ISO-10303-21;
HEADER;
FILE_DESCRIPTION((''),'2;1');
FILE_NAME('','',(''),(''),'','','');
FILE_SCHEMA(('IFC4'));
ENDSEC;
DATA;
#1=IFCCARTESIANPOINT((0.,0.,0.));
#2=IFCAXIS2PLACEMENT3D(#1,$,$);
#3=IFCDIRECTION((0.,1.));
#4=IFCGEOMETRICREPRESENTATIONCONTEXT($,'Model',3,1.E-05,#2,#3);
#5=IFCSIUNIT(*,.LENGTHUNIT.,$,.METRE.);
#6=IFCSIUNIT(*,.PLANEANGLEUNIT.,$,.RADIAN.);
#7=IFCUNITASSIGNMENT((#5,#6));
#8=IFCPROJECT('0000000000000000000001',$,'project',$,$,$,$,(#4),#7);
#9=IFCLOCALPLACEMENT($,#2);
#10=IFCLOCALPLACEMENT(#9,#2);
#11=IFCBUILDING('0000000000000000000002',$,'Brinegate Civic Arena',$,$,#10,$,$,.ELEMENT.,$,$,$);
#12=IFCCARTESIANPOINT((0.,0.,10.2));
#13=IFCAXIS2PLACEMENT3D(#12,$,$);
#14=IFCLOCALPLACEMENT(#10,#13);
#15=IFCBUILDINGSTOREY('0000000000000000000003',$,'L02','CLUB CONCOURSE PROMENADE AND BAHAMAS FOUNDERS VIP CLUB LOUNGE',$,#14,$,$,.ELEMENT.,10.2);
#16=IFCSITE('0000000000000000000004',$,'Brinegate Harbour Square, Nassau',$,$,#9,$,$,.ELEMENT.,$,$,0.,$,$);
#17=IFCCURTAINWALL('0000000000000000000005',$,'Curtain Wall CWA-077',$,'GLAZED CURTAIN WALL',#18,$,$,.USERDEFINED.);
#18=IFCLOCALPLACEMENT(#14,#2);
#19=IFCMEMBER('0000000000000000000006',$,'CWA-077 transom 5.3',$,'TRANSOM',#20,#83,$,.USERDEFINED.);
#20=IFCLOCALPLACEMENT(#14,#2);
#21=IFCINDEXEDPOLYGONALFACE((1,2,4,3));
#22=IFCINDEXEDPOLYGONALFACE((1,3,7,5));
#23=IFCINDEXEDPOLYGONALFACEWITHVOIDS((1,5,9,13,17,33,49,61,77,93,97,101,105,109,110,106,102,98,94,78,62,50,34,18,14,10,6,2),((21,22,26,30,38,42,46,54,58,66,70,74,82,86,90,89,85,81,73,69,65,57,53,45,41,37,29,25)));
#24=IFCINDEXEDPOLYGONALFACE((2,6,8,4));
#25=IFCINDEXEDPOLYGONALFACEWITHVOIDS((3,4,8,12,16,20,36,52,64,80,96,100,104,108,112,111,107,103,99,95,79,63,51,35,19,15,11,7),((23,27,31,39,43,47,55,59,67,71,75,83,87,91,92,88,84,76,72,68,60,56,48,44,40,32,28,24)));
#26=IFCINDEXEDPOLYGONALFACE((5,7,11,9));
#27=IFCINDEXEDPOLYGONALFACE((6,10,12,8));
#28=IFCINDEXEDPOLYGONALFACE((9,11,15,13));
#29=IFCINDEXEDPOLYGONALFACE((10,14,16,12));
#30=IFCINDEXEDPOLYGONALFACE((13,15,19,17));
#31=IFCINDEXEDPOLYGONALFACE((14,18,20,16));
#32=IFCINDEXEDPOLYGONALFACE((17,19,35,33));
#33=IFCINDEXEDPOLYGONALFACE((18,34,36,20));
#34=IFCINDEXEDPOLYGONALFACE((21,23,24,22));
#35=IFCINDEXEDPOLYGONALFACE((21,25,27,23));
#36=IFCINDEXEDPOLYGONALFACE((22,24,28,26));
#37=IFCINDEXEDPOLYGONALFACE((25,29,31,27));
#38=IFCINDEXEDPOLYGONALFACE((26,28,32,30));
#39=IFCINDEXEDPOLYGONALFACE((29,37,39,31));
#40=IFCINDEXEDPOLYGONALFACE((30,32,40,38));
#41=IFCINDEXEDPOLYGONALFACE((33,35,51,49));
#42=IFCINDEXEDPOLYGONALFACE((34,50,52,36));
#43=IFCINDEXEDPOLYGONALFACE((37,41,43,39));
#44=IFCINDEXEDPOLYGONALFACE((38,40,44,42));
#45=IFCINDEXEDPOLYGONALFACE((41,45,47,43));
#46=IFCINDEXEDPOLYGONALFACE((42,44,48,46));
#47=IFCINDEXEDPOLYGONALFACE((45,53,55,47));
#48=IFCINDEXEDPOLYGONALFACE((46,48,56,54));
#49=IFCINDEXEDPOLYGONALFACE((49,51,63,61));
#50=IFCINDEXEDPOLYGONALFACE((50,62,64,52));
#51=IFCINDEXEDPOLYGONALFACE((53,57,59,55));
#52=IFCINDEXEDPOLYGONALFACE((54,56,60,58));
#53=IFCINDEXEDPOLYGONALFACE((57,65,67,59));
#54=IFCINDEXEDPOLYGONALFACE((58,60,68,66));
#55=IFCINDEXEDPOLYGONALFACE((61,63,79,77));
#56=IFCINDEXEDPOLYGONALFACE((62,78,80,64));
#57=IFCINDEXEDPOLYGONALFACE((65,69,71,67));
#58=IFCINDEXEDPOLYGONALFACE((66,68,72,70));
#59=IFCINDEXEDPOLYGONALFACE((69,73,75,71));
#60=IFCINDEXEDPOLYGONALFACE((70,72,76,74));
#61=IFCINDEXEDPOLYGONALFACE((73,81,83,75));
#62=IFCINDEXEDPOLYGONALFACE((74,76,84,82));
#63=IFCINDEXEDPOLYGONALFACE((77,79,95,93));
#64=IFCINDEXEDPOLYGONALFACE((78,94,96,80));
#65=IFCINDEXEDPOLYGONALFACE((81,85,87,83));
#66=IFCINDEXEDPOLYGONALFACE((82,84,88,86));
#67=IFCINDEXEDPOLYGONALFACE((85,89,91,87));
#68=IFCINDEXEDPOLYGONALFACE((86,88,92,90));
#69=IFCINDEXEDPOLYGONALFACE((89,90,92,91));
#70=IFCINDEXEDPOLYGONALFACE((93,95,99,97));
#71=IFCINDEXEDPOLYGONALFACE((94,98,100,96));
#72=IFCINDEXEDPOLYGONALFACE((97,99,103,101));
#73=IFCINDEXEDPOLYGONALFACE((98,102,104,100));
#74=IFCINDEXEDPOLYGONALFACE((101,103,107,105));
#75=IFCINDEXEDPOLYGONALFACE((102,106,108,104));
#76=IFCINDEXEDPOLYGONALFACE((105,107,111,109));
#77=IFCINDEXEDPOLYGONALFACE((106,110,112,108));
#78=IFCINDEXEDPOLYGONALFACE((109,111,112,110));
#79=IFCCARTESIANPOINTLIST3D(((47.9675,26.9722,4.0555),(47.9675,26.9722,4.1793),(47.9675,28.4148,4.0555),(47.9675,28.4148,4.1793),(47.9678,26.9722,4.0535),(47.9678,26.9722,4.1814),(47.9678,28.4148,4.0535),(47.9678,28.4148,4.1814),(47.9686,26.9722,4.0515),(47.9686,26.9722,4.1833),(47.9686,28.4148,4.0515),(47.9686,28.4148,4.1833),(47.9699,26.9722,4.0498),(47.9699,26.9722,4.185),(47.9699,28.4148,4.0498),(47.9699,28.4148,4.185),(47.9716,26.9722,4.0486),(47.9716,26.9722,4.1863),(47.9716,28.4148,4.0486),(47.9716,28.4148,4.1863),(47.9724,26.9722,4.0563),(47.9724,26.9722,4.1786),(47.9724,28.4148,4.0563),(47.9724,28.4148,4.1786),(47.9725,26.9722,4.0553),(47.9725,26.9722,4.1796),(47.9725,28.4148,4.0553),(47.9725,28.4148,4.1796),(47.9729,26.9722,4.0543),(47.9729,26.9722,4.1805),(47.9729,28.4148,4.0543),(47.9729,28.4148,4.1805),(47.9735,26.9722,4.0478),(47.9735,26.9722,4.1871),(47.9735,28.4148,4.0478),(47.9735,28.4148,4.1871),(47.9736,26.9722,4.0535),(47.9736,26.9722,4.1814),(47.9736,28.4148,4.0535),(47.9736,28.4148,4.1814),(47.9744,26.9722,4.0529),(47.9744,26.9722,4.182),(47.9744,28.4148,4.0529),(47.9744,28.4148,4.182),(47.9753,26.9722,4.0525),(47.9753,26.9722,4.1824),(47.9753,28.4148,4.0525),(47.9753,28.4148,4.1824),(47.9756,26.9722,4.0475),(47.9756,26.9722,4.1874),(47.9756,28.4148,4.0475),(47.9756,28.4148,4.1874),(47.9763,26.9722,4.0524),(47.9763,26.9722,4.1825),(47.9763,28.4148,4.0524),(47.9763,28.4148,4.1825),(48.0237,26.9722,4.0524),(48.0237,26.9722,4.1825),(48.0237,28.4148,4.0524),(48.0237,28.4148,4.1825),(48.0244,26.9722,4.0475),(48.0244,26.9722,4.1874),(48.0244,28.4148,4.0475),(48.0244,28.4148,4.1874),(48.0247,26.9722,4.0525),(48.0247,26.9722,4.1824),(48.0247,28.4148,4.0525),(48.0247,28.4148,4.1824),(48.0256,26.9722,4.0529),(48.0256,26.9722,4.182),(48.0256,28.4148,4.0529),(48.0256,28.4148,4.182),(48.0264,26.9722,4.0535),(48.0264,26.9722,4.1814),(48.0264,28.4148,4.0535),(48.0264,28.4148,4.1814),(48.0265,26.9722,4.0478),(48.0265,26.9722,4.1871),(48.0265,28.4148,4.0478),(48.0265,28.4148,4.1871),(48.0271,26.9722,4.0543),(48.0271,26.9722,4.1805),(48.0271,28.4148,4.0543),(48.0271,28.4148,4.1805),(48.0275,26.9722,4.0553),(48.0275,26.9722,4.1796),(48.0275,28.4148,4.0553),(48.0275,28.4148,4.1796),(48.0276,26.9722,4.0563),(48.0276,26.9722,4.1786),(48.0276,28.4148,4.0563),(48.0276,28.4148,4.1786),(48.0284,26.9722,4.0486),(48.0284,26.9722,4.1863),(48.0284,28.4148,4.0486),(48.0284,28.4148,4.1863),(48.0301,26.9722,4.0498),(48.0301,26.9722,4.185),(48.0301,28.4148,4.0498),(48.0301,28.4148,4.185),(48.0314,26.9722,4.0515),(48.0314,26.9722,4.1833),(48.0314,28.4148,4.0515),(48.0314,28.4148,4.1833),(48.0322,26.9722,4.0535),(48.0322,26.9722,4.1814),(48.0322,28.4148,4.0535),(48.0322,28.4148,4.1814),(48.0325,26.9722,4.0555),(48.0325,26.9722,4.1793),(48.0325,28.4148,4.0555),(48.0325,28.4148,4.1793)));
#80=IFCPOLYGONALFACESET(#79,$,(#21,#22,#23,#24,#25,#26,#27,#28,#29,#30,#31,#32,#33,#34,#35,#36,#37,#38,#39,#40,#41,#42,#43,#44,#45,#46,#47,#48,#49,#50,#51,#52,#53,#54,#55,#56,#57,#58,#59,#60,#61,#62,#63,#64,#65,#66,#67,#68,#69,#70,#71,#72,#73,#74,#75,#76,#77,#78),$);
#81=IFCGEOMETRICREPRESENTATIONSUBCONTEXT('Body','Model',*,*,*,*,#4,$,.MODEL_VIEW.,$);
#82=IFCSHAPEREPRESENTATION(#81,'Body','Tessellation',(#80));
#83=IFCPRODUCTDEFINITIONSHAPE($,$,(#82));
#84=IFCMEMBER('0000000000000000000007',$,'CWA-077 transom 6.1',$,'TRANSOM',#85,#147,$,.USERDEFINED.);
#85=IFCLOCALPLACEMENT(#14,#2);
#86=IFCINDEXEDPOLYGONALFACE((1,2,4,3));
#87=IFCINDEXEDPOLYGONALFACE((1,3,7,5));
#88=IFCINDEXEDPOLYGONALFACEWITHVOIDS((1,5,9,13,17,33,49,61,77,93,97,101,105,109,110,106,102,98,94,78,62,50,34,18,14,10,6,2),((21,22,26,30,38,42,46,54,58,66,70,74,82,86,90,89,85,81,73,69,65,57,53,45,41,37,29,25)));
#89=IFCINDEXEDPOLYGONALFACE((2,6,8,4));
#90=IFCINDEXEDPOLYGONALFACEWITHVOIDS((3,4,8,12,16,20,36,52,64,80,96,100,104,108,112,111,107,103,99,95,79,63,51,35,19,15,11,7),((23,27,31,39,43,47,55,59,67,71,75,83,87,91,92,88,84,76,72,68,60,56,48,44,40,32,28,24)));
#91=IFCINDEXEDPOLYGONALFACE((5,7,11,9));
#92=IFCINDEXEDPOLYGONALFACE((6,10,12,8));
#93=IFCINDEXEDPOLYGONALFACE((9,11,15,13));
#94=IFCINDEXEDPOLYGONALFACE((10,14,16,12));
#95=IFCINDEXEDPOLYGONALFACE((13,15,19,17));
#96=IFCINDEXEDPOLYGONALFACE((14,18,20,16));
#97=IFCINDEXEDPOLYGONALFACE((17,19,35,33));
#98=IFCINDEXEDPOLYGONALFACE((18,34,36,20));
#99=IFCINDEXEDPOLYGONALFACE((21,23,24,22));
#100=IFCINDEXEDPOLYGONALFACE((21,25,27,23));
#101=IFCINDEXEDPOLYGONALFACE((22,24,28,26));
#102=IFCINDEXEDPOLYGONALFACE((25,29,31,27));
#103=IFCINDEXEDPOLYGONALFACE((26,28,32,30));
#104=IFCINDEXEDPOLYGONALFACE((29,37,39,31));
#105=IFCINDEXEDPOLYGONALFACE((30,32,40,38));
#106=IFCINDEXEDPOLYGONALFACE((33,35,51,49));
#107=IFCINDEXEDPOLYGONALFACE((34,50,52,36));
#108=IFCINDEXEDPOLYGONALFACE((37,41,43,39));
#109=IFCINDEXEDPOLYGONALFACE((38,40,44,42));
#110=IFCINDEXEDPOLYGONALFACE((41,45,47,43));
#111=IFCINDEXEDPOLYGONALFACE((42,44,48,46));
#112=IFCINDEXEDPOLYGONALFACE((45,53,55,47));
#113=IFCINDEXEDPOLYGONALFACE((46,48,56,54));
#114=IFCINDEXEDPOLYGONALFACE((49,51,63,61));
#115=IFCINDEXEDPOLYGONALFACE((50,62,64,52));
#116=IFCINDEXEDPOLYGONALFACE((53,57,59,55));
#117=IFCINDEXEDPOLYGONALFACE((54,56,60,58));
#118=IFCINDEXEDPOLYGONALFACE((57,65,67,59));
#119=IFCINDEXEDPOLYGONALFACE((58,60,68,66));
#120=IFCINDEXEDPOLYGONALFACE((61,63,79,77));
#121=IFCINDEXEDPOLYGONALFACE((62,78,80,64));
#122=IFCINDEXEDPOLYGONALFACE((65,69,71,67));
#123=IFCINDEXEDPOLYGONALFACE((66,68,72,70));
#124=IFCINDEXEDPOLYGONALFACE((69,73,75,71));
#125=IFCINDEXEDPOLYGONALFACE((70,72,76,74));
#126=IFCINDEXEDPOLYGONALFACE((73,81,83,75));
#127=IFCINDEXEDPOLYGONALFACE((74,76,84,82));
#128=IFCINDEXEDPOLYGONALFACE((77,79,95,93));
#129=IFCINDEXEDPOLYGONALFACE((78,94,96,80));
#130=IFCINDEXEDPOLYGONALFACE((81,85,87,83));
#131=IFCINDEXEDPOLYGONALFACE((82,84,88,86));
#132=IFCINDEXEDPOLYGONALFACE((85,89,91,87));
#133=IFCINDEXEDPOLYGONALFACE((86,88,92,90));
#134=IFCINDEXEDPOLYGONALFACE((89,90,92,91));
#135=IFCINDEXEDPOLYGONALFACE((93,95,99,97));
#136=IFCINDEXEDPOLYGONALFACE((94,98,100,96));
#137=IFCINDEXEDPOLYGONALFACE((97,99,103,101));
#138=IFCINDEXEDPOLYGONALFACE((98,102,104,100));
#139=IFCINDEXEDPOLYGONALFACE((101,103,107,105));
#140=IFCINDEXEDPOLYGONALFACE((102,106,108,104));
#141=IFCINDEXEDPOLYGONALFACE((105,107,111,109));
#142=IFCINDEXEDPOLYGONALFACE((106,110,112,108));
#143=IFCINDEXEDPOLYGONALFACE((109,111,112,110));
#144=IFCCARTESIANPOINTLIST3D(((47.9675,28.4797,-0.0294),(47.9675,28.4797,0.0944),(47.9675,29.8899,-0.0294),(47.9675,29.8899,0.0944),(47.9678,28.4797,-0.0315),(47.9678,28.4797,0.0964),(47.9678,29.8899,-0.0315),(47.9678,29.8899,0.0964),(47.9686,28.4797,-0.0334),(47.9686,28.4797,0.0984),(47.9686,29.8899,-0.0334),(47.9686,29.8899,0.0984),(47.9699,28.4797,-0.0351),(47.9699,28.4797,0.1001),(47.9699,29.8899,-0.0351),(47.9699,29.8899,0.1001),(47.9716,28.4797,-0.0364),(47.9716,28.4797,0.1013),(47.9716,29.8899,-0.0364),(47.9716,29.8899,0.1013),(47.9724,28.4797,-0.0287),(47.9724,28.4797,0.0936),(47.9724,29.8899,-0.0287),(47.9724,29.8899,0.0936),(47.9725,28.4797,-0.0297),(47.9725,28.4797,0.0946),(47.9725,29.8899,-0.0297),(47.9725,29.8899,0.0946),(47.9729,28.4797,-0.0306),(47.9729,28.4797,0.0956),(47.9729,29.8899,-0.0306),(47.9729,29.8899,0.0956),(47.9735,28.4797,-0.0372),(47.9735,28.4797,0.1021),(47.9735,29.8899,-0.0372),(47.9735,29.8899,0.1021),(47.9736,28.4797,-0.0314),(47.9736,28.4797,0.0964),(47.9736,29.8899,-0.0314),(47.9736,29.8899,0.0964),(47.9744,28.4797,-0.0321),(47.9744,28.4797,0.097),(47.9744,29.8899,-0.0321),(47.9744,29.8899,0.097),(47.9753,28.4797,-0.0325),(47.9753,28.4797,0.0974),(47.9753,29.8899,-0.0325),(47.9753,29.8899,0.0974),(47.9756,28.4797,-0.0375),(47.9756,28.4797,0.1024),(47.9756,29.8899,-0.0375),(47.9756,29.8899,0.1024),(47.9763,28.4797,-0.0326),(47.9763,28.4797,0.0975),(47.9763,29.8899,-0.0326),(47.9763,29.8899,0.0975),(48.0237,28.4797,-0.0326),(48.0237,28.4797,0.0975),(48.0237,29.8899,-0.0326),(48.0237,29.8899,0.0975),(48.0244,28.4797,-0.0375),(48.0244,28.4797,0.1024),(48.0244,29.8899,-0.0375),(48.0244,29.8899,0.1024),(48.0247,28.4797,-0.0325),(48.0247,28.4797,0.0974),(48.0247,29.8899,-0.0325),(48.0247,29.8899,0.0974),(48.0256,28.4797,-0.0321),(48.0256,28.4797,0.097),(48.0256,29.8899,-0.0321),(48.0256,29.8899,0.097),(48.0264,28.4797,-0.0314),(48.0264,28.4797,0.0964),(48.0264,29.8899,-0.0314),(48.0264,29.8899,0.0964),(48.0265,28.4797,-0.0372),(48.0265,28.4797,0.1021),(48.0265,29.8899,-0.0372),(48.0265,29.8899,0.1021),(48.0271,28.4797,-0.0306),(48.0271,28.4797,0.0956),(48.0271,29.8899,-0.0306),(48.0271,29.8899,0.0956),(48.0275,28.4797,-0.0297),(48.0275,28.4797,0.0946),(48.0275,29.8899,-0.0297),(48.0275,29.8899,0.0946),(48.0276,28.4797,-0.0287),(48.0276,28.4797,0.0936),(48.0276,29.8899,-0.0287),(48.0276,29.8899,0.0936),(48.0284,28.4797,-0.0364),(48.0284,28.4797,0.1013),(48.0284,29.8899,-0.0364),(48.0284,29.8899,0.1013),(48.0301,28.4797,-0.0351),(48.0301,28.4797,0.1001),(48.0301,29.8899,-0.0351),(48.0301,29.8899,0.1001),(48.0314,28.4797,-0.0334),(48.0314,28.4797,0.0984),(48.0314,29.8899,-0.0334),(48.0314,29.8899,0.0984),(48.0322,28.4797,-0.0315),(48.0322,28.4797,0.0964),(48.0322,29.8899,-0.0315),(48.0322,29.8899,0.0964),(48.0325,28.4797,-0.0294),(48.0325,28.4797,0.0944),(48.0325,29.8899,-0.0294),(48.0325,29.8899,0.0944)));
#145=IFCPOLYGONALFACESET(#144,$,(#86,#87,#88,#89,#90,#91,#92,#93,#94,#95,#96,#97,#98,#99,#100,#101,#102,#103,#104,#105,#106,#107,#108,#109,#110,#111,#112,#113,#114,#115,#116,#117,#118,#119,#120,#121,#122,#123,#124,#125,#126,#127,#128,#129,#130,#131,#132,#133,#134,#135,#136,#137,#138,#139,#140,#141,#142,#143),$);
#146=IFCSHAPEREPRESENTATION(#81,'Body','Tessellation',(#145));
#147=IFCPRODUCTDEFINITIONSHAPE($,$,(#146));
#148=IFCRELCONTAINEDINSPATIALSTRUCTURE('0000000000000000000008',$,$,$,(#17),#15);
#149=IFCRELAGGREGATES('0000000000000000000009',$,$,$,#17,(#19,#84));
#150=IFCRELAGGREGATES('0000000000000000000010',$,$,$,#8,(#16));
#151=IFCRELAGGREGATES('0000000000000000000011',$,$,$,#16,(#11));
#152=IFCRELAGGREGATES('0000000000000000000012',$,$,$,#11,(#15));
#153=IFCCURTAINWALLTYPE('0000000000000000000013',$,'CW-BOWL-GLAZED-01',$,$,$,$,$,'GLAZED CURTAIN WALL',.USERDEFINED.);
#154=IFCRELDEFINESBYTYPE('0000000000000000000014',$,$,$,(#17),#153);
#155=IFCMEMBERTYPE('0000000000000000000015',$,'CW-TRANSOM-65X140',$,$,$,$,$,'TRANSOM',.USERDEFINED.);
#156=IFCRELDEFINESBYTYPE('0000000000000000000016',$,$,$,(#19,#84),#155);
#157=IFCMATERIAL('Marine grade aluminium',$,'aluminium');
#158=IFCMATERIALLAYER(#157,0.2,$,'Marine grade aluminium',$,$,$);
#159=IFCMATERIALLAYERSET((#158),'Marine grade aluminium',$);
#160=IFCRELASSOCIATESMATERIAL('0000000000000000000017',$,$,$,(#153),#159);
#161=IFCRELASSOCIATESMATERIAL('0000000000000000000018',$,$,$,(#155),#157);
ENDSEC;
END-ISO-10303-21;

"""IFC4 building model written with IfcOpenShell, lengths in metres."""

from ifc_helpers import new_model, si_unit, direction, frame, origin, origin_2d, place, context, subcontext, project, spatial, hollow_rectangle, extrude, material, layer, layer_set, material_profile, profile_set, type_object, element, aggregate, save


model = new_model("IFC4")

# Units and contexts
model_context = context("Model", 3, precision=1e-05, world=origin(), true_north=direction((0.0, 1.0)))
body_context = subcontext(model_context, "Body", "Model", "MODEL_VIEW")
ifc_project = project(units=[si_unit("LENGTHUNIT", "METRE"), si_unit("PLANEANGLEUNIT", "RADIAN")], contexts=[model_context])

# Site, building, storey
site_placement = place(None, origin())
site = spatial("IfcSite", under=ifc_project, at=site_placement, Name="Brinegate Harbour Square, Nassau", CompositionType="ELEMENT", RefElevation=0.0)
building_placement = place(site_placement, origin())
building = spatial("IfcBuilding", under=site, at=building_placement, Name="Brinegate Civic Arena", CompositionType="ELEMENT")
storey_placement = place(building_placement, frame((0.0, 0.0, 10.2)))
storey = spatial("IfcBuildingStorey", under=building, at=storey_placement, Name="L02", Description="CLUB CONCOURSE PROMENADE AND BAHAMAS FOUNDERS VIP CLUB LOUNGE", CompositionType="ELEMENT", Elevation=10.2)

# Curtain wall
ifc_material_1 = material(Name="Marine grade aluminium", Category="aluminium")
ifc_layer_1 = layer(ifc_material_1, 0.2, Name="Marine grade aluminium")
ifc_layer_set_1 = layer_set([ifc_layer_1], Name="Marine grade aluminium")
curtain_wall_type = type_object("IfcCurtainWallType", Name="CW-BOWL-GLAZED-01", ElementType="GLAZED CURTAIN WALL", PredefinedType="USERDEFINED", material=ifc_layer_set_1)
curtain_wall_1_placement = place(storey_placement, origin())
curtain_wall_1 = element("IfcCurtainWall", 1, at=curtain_wall_1_placement, inside=storey, type_object=curtain_wall_type, Name="Curtain Wall CWA-077", ObjectType="GLAZED CURTAIN WALL", PredefinedType="USERDEFINED")

# Members
ifc_material_profile_1 = material_profile(ifc_material_1, hollow_rectangle(XDim=0.0649, YDim=0.1399, WallThickness=0.0049, InnerFilletRadius=0.0039, OuterFilletRadius=0.0081, at=origin_2d()), Name="TRN65X140")
ifc_profile_set_1 = profile_set([ifc_material_profile_1], Name="Marine grade aluminium")
member_type_1 = type_object("IfcMemberType", Name="CW-TRANSOM-65X140", ElementType="TRANSOM", PredefinedType="USERDEFINED", material=ifc_profile_set_1)
member_1_placement = place(storey_placement, frame((48.0, 26.9722, 4.1174), z_axis=(0.0, 1.0, 0.0), x_axis=(-1.0, 0.0, 0.0)))
member_1 = element("IfcMember", 2, at=member_1_placement, type_object=member_type_1, Name="CWA-077 transom 5.3", ObjectType="TRANSOM", PredefinedType="USERDEFINED", context=body_context, shape_type="SweptSolid", body=[
    extrude(hollow_rectangle(XDim=0.0649, YDim=0.1399, WallThickness=0.0049, InnerFilletRadius=0.0039, OuterFilletRadius=0.0081, at=origin_2d()), origin(), (0.0, 0.0, 1.0), 1.4426),
])
member_2_placement = place(storey_placement, frame((48.0, 28.4797, 0.0325), z_axis=(0.0, 1.0, 0.0), x_axis=(-1.0, 0.0, 0.0)))
member_2 = element("IfcMember", 3, at=member_2_placement, type_object=member_type_1, Name="CWA-077 transom 6.1", ObjectType="TRANSOM", PredefinedType="USERDEFINED", context=body_context, shape_type="SweptSolid", body=[
    extrude(hollow_rectangle(XDim=0.0649, YDim=0.1399, WallThickness=0.0049, InnerFilletRadius=0.0039, OuterFilletRadius=0.0081, at=origin_2d()), origin(), (0.0, 0.0, 1.0), 1.4102),
])

aggregate(curtain_wall_1, [member_1, member_2])

save(model, "model.ifc")
